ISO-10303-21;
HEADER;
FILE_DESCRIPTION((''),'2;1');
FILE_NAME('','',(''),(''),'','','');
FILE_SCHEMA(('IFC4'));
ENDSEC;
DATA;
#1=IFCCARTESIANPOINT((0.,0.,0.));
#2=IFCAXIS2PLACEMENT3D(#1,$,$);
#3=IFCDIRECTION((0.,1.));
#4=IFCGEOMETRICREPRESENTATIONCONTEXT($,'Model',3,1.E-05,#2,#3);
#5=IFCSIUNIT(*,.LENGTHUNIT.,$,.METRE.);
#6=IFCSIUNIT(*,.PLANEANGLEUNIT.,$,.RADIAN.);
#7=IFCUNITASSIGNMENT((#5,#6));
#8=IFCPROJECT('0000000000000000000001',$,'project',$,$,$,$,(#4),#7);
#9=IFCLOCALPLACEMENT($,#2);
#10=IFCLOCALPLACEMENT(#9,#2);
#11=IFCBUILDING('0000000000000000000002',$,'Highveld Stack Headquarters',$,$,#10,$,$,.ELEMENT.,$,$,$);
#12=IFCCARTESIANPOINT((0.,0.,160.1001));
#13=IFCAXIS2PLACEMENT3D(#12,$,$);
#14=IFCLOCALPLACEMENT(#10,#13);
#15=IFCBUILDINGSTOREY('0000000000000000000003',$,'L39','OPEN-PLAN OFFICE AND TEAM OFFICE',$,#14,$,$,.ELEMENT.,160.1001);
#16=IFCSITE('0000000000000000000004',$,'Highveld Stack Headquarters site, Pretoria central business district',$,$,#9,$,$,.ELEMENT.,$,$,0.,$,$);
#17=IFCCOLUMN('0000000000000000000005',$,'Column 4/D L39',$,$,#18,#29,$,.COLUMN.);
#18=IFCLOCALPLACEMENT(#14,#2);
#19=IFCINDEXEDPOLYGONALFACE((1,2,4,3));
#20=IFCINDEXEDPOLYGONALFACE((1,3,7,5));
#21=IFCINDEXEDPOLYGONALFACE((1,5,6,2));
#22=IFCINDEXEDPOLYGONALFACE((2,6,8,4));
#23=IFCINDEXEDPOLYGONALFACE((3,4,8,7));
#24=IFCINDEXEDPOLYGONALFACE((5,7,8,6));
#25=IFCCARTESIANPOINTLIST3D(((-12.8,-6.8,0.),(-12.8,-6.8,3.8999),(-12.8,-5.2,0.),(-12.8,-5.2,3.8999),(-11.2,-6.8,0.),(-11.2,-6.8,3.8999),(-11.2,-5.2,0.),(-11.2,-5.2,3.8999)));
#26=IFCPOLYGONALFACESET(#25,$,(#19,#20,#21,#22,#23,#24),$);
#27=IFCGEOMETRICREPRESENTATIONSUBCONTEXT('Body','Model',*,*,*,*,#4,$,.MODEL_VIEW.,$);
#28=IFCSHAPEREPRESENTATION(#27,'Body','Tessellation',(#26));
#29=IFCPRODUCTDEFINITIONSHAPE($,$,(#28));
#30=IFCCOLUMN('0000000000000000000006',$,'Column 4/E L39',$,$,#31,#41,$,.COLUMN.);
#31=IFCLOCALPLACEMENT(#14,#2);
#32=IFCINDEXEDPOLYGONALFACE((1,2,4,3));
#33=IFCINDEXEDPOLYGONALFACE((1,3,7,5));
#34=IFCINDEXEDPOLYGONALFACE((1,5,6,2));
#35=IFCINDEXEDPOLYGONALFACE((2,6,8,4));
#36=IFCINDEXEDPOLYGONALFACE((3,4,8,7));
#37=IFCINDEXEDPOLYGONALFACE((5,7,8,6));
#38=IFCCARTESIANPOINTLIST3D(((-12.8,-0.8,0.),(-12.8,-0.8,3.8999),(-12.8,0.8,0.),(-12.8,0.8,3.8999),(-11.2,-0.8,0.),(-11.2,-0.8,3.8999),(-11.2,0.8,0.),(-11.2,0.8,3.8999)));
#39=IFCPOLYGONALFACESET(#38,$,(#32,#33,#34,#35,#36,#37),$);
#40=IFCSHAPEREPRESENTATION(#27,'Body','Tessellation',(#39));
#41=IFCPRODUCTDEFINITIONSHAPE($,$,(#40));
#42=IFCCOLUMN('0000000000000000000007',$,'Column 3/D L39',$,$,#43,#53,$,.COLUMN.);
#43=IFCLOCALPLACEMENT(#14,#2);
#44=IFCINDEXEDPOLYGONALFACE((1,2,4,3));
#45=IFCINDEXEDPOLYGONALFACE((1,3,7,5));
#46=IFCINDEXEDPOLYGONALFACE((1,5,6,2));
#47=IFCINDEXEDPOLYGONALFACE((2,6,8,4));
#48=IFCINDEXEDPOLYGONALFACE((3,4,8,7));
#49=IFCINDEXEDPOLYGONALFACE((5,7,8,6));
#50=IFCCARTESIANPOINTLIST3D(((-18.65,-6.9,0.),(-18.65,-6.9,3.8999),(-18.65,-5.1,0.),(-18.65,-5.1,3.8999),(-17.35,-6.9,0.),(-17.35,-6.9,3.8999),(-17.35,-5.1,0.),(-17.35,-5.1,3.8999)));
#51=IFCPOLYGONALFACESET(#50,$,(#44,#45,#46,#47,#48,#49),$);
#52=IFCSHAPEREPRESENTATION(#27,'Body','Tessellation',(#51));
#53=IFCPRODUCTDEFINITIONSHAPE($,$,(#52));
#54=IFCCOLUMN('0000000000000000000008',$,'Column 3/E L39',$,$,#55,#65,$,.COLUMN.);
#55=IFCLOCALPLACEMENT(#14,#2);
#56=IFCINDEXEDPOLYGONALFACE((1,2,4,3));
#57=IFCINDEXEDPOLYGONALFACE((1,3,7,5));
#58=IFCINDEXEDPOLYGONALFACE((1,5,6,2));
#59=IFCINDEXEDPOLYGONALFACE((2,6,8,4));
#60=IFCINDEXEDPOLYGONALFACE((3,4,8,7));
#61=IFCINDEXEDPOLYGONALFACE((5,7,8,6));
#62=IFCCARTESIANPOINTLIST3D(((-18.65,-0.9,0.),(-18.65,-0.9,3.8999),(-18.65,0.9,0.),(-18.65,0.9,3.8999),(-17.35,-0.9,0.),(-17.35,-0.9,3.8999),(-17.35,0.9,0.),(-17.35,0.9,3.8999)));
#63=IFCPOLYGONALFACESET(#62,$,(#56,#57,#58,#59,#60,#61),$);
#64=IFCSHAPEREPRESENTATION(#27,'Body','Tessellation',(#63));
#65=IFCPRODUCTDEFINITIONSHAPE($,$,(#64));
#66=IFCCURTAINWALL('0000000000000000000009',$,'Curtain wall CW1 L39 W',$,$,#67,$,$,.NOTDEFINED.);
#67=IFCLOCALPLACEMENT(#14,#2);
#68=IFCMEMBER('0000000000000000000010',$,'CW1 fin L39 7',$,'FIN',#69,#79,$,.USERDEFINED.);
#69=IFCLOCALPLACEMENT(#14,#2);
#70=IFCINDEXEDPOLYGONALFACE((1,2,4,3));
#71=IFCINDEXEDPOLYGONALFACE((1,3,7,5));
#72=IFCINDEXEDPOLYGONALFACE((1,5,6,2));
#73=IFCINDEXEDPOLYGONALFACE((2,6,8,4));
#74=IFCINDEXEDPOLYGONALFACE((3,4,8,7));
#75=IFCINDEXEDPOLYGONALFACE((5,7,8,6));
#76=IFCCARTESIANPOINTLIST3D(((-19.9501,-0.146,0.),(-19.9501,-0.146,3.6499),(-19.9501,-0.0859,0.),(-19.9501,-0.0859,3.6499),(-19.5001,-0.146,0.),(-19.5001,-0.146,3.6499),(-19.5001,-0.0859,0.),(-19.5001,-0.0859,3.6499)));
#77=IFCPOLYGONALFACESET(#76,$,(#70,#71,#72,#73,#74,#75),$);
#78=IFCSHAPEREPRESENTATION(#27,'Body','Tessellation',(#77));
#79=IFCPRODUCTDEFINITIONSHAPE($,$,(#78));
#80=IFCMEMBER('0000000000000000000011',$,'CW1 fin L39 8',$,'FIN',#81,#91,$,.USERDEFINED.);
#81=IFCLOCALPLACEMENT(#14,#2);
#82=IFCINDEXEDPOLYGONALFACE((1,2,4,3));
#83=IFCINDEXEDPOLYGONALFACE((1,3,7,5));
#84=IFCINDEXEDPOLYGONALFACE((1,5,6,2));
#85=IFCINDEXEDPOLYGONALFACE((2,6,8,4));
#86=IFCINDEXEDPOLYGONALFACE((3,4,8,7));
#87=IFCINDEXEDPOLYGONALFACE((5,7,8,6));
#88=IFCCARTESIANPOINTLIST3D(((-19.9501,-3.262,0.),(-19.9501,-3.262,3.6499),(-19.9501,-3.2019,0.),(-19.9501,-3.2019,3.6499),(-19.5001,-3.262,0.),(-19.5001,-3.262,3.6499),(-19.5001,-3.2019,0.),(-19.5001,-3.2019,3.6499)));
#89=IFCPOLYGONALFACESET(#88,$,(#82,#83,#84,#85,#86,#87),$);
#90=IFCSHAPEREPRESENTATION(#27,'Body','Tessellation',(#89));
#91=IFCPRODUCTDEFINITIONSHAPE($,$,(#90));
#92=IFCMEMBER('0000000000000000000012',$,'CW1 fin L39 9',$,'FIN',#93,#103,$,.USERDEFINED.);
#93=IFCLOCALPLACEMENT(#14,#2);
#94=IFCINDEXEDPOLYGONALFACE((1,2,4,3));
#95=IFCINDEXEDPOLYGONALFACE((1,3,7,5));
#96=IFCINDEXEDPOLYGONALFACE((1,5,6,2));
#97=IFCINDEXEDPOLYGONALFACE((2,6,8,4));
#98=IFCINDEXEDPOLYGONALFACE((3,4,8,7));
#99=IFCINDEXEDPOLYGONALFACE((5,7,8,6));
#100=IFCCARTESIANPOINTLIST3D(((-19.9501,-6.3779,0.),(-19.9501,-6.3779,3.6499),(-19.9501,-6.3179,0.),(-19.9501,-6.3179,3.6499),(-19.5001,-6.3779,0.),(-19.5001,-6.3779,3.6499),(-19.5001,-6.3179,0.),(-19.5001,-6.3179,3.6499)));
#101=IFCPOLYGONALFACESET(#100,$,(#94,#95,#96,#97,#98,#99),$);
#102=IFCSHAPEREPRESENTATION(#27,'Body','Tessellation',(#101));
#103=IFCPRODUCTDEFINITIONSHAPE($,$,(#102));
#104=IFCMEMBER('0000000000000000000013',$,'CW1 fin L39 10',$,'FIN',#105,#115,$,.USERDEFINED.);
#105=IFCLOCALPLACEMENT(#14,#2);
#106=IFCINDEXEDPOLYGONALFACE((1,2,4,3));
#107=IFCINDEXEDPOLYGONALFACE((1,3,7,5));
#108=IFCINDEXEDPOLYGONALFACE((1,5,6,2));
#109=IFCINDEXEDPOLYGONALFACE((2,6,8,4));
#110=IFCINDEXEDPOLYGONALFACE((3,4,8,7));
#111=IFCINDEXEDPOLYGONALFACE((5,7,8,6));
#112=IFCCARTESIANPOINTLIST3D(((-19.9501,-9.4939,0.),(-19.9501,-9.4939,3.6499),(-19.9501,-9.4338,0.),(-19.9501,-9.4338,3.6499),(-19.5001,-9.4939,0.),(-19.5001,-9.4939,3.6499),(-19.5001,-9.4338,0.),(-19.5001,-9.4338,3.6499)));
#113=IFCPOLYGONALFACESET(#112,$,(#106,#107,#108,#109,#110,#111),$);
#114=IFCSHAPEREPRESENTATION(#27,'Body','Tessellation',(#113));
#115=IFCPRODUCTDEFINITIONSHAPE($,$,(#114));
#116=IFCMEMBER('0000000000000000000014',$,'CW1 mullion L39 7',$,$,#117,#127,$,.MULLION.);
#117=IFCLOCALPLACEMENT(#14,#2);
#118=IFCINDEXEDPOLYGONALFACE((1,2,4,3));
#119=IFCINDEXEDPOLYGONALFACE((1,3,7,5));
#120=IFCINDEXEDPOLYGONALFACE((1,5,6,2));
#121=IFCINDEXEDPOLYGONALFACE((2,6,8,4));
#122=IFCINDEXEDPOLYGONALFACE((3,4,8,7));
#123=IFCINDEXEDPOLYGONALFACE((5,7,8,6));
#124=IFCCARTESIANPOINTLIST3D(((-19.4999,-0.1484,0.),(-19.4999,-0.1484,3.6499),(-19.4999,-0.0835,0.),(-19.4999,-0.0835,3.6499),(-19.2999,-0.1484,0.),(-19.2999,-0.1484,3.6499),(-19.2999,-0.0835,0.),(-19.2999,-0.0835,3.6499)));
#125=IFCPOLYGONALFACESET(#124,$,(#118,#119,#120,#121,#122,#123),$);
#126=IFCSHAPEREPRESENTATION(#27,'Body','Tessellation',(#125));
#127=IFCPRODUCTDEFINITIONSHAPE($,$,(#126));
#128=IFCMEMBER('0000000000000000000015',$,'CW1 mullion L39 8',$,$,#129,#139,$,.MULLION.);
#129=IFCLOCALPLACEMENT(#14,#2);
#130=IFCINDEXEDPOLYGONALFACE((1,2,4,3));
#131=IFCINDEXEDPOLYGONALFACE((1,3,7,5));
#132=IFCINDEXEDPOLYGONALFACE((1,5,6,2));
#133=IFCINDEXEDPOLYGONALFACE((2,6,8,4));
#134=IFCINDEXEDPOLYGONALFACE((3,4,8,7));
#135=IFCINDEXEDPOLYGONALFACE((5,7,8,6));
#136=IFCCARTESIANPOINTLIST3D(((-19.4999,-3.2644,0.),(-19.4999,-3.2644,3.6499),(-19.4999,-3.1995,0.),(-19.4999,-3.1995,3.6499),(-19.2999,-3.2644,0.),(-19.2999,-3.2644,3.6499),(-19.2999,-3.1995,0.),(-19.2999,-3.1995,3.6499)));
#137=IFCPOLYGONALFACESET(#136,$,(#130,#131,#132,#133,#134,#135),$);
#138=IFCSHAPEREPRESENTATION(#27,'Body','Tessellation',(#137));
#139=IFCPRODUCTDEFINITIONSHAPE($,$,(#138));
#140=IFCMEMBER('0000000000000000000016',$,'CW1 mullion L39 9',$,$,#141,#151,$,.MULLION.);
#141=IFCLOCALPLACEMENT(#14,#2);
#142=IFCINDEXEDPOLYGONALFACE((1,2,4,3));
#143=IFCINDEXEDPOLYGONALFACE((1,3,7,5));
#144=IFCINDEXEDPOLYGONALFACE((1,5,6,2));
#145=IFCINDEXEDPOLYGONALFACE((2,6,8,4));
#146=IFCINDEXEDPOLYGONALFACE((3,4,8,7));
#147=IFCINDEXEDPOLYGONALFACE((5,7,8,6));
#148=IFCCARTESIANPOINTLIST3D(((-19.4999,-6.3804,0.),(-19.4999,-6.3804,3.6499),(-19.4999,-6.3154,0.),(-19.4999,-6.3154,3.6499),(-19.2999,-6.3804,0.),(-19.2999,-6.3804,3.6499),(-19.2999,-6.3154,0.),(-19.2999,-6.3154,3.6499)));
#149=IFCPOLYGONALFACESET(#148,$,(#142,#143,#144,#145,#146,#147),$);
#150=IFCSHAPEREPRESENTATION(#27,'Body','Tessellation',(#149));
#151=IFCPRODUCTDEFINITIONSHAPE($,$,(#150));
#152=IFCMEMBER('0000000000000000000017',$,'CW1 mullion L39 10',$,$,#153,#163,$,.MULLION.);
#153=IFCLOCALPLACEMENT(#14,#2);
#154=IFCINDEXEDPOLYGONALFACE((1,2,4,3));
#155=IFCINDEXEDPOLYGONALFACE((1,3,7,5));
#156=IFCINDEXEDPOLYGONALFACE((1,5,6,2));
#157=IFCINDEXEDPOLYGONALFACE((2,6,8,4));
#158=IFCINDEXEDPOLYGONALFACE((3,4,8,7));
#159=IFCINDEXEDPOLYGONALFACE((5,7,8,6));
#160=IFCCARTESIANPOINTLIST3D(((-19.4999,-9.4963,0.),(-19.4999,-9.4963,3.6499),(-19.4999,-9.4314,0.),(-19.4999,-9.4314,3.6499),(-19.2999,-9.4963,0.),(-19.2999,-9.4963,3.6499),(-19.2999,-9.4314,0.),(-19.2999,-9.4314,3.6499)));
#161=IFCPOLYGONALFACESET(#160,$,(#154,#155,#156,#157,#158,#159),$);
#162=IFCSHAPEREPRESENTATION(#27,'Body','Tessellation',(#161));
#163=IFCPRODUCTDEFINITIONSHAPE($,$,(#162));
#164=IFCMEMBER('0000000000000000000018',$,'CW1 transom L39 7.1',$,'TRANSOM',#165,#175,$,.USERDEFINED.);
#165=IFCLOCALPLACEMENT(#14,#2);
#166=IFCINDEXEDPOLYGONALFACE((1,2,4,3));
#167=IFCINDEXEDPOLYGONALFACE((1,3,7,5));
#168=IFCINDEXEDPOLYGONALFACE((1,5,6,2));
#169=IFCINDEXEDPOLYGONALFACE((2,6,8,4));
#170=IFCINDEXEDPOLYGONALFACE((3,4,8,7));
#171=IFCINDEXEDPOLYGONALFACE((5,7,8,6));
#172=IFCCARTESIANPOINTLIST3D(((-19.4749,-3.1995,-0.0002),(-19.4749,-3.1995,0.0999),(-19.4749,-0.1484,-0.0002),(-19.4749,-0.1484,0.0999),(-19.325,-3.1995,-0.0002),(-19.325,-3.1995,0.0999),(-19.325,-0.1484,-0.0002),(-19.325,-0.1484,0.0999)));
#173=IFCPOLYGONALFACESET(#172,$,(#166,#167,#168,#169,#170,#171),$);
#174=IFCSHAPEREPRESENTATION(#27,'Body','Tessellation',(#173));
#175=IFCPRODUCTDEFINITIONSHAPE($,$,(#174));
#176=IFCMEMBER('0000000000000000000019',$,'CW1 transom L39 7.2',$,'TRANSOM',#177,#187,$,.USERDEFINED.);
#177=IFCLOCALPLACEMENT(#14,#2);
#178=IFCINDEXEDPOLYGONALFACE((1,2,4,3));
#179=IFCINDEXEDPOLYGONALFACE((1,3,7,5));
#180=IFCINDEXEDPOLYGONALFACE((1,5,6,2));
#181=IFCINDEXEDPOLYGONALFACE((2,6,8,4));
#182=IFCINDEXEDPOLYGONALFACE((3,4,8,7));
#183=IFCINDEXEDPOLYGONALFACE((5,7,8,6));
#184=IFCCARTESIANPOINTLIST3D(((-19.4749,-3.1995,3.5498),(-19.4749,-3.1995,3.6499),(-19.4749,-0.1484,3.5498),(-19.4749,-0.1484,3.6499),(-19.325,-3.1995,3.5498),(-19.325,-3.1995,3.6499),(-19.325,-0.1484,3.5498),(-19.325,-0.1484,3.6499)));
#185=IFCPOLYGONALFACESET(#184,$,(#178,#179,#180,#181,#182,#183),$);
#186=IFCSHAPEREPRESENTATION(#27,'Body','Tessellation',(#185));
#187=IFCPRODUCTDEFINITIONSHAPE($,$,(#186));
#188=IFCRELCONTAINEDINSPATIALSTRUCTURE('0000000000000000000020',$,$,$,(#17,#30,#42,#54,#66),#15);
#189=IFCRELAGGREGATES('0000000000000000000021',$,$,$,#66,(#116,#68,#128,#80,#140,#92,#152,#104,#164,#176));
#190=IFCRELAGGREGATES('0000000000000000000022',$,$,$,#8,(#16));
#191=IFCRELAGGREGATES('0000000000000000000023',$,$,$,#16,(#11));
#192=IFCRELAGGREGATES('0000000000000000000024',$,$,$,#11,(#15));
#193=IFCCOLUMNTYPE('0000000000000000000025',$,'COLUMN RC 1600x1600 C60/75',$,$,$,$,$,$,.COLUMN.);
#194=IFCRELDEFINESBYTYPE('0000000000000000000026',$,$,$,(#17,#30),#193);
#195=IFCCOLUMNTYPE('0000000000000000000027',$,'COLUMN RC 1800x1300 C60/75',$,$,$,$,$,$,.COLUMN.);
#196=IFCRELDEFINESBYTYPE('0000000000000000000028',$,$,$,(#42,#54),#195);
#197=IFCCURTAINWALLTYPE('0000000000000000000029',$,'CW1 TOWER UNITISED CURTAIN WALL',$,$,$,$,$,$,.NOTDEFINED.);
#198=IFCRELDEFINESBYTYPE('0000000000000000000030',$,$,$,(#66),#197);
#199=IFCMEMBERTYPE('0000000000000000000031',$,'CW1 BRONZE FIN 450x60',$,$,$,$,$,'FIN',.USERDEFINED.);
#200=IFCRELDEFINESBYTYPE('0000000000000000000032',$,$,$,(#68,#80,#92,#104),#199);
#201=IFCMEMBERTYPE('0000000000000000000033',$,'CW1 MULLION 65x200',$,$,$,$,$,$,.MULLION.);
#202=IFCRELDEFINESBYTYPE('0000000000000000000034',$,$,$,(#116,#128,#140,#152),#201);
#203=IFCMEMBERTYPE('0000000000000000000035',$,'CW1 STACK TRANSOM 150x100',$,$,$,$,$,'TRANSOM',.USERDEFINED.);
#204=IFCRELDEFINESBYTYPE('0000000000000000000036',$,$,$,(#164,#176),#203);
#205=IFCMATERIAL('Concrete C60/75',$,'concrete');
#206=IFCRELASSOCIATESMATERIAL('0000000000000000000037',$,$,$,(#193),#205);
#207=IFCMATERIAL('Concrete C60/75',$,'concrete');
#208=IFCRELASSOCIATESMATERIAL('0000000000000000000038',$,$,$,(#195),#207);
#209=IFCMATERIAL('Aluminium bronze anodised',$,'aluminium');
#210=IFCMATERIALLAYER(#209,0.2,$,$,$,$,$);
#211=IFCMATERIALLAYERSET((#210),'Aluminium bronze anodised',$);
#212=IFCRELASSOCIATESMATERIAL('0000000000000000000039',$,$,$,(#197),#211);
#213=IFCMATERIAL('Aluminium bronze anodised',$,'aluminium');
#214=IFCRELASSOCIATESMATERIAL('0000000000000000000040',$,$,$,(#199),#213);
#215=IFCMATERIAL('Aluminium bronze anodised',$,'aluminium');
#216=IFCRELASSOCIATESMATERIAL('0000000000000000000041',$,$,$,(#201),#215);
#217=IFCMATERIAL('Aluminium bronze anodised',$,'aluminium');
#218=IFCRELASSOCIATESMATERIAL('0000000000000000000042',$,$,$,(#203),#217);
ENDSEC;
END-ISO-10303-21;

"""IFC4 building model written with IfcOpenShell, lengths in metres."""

from ifc_helpers import new_model, si_unit, direction, frame, origin, origin_2d, place, context, subcontext, project, spatial, rectangle, extrude, material, layer, layer_set, material_profile, profile_set, type_object, element, aggregate, save


model = new_model("IFC4")

# Units and contexts
model_context = context("Model", 3, precision=1e-05, world=origin(), true_north=direction((0.0, 1.0)))
body_context = subcontext(model_context, "Body", "Model", "MODEL_VIEW")
ifc_project = project(units=[si_unit("LENGTHUNIT", "METRE"), si_unit("PLANEANGLEUNIT", "RADIAN")], contexts=[model_context])

# Site, building, storey
site_placement = place(None, origin())
site = spatial("IfcSite", under=ifc_project, at=site_placement, Name="Highveld Stack Headquarters site, Pretoria central business district", CompositionType="ELEMENT", RefElevation=0.0)
building_placement = place(site_placement, origin())
building = spatial("IfcBuilding", under=site, at=building_placement, Name="Highveld Stack Headquarters", CompositionType="ELEMENT")
storey_placement = place(building_placement, frame((0.0, 0.0, 160.1001)))
storey = spatial("IfcBuildingStorey", under=building, at=storey_placement, Name="L39", Description="OPEN-PLAN OFFICE AND TEAM OFFICE", CompositionType="ELEMENT", Elevation=160.1001)

# Columns
ifc_material_1 = material(Name="Concrete C60/75", Category="concrete")
ifc_material_profile_1 = material_profile(ifc_material_1, rectangle(XDim=1.6001, YDim=1.6001, at=origin_2d()), Name="RC 1600x1600")
ifc_profile_set_1 = profile_set([ifc_material_profile_1], Name="Concrete C60/75")
column_type_1 = type_object("IfcColumnType", Name="COLUMN RC 1600x1600 C60/75", PredefinedType="COLUMN", material=ifc_profile_set_1)
for number, where, z_axis, x_axis, name in (
    (1, (-12.0, -6.0, 0.0), (0.0, 0.0, 1.0), (1.0, 0.0, 0.0), "Column 4/D L39"),
    (2, (-12.0, 0.0, 0.0), (0.0, 0.0, 1.0), (1.0, 0.0, 0.0), "Column 4/E L39"),
):
    element("IfcColumn", number, at=place(storey_placement, frame(where, z_axis=z_axis, x_axis=x_axis)), inside=storey, type_object=column_type_1, Name=name, PredefinedType="COLUMN", context=body_context, shape_type="SweptSolid", body=[
        extrude(rectangle(XDim=1.6001, YDim=1.6001, at=origin_2d()), origin(), (0.0, 0.0, 1.0), 3.8999),
    ])
ifc_material_2 = material(Name="Concrete C60/75", Category="concrete")
ifc_material_profile_2 = material_profile(ifc_material_2, rectangle(XDim=1.8, YDim=1.3, at=origin_2d()), Name="RC 1800x1300")
ifc_profile_set_2 = profile_set([ifc_material_profile_2], Name="Concrete C60/75")
column_type_2 = type_object("IfcColumnType", Name="COLUMN RC 1800x1300 C60/75", PredefinedType="COLUMN", material=ifc_profile_set_2)
for number, where, z_axis, x_axis, name in (
    (3, (-18.0, -6.0, 0.0), (0.0, 0.0, 1.0), (0.0, 1.0, 0.0), "Column 3/D L39"),
    (4, (-18.0, 0.0, 0.0), (0.0, 0.0, 1.0), (0.0, 1.0, 0.0), "Column 3/E L39"),
):
    element("IfcColumn", number, at=place(storey_placement, frame(where, z_axis=z_axis, x_axis=x_axis)), inside=storey, type_object=column_type_2, Name=name, PredefinedType="COLUMN", context=body_context, shape_type="SweptSolid", body=[
        extrude(rectangle(XDim=1.8, YDim=1.3, at=origin_2d()), origin(), (0.0, 0.0, 1.0), 3.8999),
    ])

# Curtain wall, members
ifc_material_3 = material(Name="Aluminium bronze anodised", Category="aluminium")
ifc_layer_1 = layer(ifc_material_3, 0.2)
ifc_layer_set_1 = layer_set([ifc_layer_1], Name="Aluminium bronze anodised")
curtain_wall_type = type_object("IfcCurtainWallType", Name="CW1 TOWER UNITISED CURTAIN WALL", PredefinedType="NOTDEFINED", material=ifc_layer_set_1)
curtain_wall_placement = place(storey_placement, origin())
curtain_wall = element("IfcCurtainWall", 5, at=curtain_wall_placement, inside=storey, type_object=curtain_wall_type, Name="Curtain wall CW1 L39 W", PredefinedType="NOTDEFINED")
ifc_material_4 = material(Name="Aluminium bronze anodised", Category="aluminium")
ifc_material_profile_3 = material_profile(ifc_material_4, rectangle(XDim=0.45, YDim=0.0601, at=origin_2d()), Name="FIN 450x60")
ifc_profile_set_3 = profile_set([ifc_material_profile_3], Name="Aluminium bronze anodised")
member_type_1 = type_object("IfcMemberType", Name="CW1 BRONZE FIN 450x60", ElementType="FIN", PredefinedType="USERDEFINED", material=ifc_profile_set_3)
member_1_placement = place(storey_placement, frame((-19.7251, -0.116, 0.0), z_axis=(0.0, 0.0, 1.0), x_axis=(1.0, 0.0, 0.0)))
member_1 = element("IfcMember", 6, at=member_1_placement, type_object=member_type_1, Name="CW1 fin L39 7", ObjectType="FIN", PredefinedType="USERDEFINED", context=body_context, shape_type="SweptSolid", body=[
    extrude(rectangle(XDim=0.45, YDim=0.0601, at=origin_2d()), origin(), (0.0, 0.0, 1.0), 3.6499),
])
member_2_placement = place(storey_placement, frame((-19.7251, -3.2319, 0.0), z_axis=(0.0, 0.0, 1.0), x_axis=(1.0, 0.0, 0.0)))
member_2 = element("IfcMember", 7, at=member_2_placement, type_object=member_type_1, Name="CW1 fin L39 8", ObjectType="FIN", PredefinedType="USERDEFINED", context=body_context, shape_type="SweptSolid", body=[
    extrude(rectangle(XDim=0.45, YDim=0.0601, at=origin_2d()), origin(), (0.0, 0.0, 1.0), 3.6499),
])
member_3_placement = place(storey_placement, frame((-19.7251, -6.3479, 0.0), z_axis=(0.0, 0.0, 1.0), x_axis=(1.0, 0.0, 0.0)))
member_3 = element("IfcMember", 8, at=member_3_placement, type_object=member_type_1, Name="CW1 fin L39 9", ObjectType="FIN", PredefinedType="USERDEFINED", context=body_context, shape_type="SweptSolid", body=[
    extrude(rectangle(XDim=0.45, YDim=0.0601, at=origin_2d()), origin(), (0.0, 0.0, 1.0), 3.6499),
])
member_4_placement = place(storey_placement, frame((-19.7251, -9.4639, 0.0), z_axis=(0.0, 0.0, 1.0), x_axis=(1.0, 0.0, 0.0)))
member_4 = element("IfcMember", 9, at=member_4_placement, type_object=member_type_1, Name="CW1 fin L39 10", ObjectType="FIN", PredefinedType="USERDEFINED", context=body_context, shape_type="SweptSolid", body=[
    extrude(rectangle(XDim=0.45, YDim=0.0601, at=origin_2d()), origin(), (0.0, 0.0, 1.0), 3.6499),
])
ifc_material_5 = material(Name="Aluminium bronze anodised", Category="aluminium")
ifc_material_profile_4 = material_profile(ifc_material_5, rectangle(XDim=0.2, YDim=0.0649, at=origin_2d()), Name="CW1 MULLION 65x200")
ifc_profile_set_4 = profile_set([ifc_material_profile_4], Name="Aluminium bronze anodised")
member_type_2 = type_object("IfcMemberType", Name="CW1 MULLION 65x200", PredefinedType="MULLION", material=ifc_profile_set_4)
member_5_placement = place(storey_placement, frame((-19.3999, -0.116, 0.0), z_axis=(0.0, 0.0, 1.0), x_axis=(1.0, 0.0, 0.0)))
member_5 = element("IfcMember", 10, at=member_5_placement, type_object=member_type_2, Name="CW1 mullion L39 7", PredefinedType="MULLION", context=body_context, shape_type="SweptSolid", body=[
    extrude(rectangle(XDim=0.2, YDim=0.0649, at=origin_2d()), origin(), (0.0, 0.0, 1.0), 3.6499),
])
member_6_placement = place(storey_placement, frame((-19.3999, -3.2319, 0.0), z_axis=(0.0, 0.0, 1.0), x_axis=(1.0, 0.0, 0.0)))
member_6 = element("IfcMember", 11, at=member_6_placement, type_object=member_type_2, Name="CW1 mullion L39 8", PredefinedType="MULLION", context=body_context, shape_type="SweptSolid", body=[
    extrude(rectangle(XDim=0.2, YDim=0.0649, at=origin_2d()), origin(), (0.0, 0.0, 1.0), 3.6499),
])
member_7_placement = place(storey_placement, frame((-19.3999, -6.3479, 0.0), z_axis=(0.0, 0.0, 1.0), x_axis=(1.0, 0.0, 0.0)))
member_7 = element("IfcMember", 12, at=member_7_placement, type_object=member_type_2, Name="CW1 mullion L39 9", PredefinedType="MULLION", context=body_context, shape_type="SweptSolid", body=[
    extrude(rectangle(XDim=0.2, YDim=0.0649, at=origin_2d()), origin(), (0.0, 0.0, 1.0), 3.6499),
])
member_8_placement = place(storey_placement, frame((-19.3999, -9.4639, 0.0), z_axis=(0.0, 0.0, 1.0), x_axis=(1.0, 0.0, 0.0)))
member_8 = element("IfcMember", 13, at=member_8_placement, type_object=member_type_2, Name="CW1 mullion L39 10", PredefinedType="MULLION", context=body_context, shape_type="SweptSolid", body=[
    extrude(rectangle(XDim=0.2, YDim=0.0649, at=origin_2d()), origin(), (0.0, 0.0, 1.0), 3.6499),
])
ifc_material_6 = material(Name="Aluminium bronze anodised", Category="aluminium")
ifc_material_profile_5 = material_profile(ifc_material_6, rectangle(XDim=0.1499, YDim=0.1001, at=origin_2d()), Name="CW1 TRANSOM 150x100")
ifc_profile_set_5 = profile_set([ifc_material_profile_5], Name="Aluminium bronze anodised")
member_type_3 = type_object("IfcMemberType", Name="CW1 STACK TRANSOM 150x100", ElementType="TRANSOM", PredefinedType="USERDEFINED", material=ifc_profile_set_5)
member_9_placement = place(storey_placement, frame((-19.3999, -0.1484, 0.0498), z_axis=(0.0, -1.0, 0.0), x_axis=(1.0, 0.0, 0.0)))
member_9 = element("IfcMember", 14, at=member_9_placement, type_object=member_type_3, Name="CW1 transom L39 7.1", ObjectType="TRANSOM", PredefinedType="USERDEFINED", context=body_context, shape_type="SweptSolid", body=[
    extrude(rectangle(XDim=0.1499, YDim=0.1001, at=origin_2d()), origin(), (0.0, 0.0, 1.0), 3.051),
])
member_10_placement = place(storey_placement, frame((-19.3999, -0.1484, 3.5999), z_axis=(0.0, -1.0, 0.0), x_axis=(1.0, 0.0, 0.0)))
member_10 = element("IfcMember", 15, at=member_10_placement, type_object=member_type_3, Name="CW1 transom L39 7.2", ObjectType="TRANSOM", PredefinedType="USERDEFINED", context=body_context, shape_type="SweptSolid", body=[
    extrude(rectangle(XDim=0.1499, YDim=0.1001, at=origin_2d()), origin(), (0.0, 0.0, 1.0), 3.051),
])
aggregate(curtain_wall, [member_5, member_1, member_6, member_2, member_7, member_3, member_8, member_4, member_9, member_10])

save(model, "model.ifc")
